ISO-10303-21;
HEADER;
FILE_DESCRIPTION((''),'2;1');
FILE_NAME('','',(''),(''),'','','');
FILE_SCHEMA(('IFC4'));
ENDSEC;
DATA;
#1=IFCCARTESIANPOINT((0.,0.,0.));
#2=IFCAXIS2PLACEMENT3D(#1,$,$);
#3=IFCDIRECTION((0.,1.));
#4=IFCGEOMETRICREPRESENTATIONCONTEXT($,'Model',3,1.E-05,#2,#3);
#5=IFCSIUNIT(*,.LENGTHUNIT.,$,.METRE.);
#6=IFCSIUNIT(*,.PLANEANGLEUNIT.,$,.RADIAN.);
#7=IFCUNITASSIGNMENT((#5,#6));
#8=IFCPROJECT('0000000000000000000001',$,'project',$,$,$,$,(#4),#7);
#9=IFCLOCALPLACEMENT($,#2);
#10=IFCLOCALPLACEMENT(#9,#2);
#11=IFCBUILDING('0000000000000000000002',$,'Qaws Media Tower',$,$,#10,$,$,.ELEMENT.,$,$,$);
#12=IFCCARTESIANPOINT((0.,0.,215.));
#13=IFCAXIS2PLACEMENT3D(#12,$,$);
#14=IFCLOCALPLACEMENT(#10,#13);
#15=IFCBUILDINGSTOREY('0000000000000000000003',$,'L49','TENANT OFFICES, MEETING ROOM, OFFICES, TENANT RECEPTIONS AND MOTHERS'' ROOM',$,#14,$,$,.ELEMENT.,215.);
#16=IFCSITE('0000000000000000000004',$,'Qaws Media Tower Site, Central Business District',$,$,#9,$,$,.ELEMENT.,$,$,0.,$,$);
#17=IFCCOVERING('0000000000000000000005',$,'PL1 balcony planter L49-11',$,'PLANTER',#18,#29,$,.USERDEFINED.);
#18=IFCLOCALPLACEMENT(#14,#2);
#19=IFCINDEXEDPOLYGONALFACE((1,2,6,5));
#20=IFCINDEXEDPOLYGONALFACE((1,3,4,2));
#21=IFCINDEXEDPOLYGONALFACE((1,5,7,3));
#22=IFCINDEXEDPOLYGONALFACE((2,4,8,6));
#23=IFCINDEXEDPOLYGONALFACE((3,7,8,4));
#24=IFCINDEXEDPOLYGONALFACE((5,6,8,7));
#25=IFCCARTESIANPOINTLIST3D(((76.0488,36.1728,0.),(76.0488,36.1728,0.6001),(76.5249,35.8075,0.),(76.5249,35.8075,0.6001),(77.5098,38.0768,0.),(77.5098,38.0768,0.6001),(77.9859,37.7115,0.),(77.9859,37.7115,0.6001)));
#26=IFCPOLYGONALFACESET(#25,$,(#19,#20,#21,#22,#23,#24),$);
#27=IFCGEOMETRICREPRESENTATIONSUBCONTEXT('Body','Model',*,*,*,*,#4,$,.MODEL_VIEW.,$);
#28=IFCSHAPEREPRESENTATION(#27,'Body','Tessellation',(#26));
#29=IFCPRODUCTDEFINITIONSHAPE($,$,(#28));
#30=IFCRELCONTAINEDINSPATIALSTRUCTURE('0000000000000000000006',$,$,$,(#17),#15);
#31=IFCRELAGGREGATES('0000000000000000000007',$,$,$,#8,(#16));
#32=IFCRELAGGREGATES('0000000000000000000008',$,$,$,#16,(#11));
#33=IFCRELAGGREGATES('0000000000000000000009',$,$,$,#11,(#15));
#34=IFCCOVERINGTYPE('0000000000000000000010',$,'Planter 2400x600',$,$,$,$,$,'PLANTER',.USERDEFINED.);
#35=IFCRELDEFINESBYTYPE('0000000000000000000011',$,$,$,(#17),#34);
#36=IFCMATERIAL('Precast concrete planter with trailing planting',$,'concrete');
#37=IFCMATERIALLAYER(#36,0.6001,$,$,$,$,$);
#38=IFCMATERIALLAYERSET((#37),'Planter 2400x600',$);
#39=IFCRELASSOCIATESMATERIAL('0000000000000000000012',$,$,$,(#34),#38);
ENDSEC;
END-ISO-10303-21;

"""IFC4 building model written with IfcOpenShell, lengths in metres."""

from ifc_helpers import new_model, si_unit, direction, frame, origin, origin_2d, place, context, subcontext, project, spatial, rectangle, extrude, material, layer, layer_set, type_object, element, save


model = new_model("IFC4")

# Units and contexts
model_context = context("Model", 3, precision=1e-05, world=origin(), true_north=direction((0.0, 1.0)))
body_context = subcontext(model_context, "Body", "Model", "MODEL_VIEW")
ifc_project = project(units=[si_unit("LENGTHUNIT", "METRE"), si_unit("PLANEANGLEUNIT", "RADIAN")], contexts=[model_context])

# Site, building, storey
site_placement = place(None, origin())
site = spatial("IfcSite", under=ifc_project, at=site_placement, Name="Qaws Media Tower Site, Central Business District", CompositionType="ELEMENT", RefElevation=0.0)
building_placement = place(site_placement, origin())
building = spatial("IfcBuilding", under=site, at=building_placement, Name="Qaws Media Tower", CompositionType="ELEMENT")
storey_placement = place(building_placement, frame((0.0, 0.0, 215.0)))
storey = spatial("IfcBuildingStorey", under=building, at=storey_placement, Name="L49", Description="TENANT OFFICES, MEETING ROOM, OFFICES, TENANT RECEPTIONS AND MOTHERS' ROOM", CompositionType="ELEMENT", Elevation=215.0)

# Covering
ifc_material_1 = material(Name="Precast concrete planter with trailing planting", Category="concrete")
ifc_layer_1 = layer(ifc_material_1, 0.6001)
ifc_layer_set_1 = layer_set([ifc_layer_1], Name="Planter 2400x600")
covering_type = type_object("IfcCoveringType", Name="Planter 2400x600", ElementType="PLANTER", PredefinedType="USERDEFINED", material=ifc_layer_set_1)
covering_placement = place(storey_placement, frame((77.0173, 36.9421, 0.0), z_axis=(0.0, 0.0, 1.0), x_axis=(0.608761, 0.793353, 0.0)))
element("IfcCovering", 1, at=covering_placement, inside=storey, type_object=covering_type, Name="PL1 balcony planter L49-11", ObjectType="PLANTER", PredefinedType="USERDEFINED", context=body_context, shape_type="SweptSolid", body=[
    extrude(rectangle(XDim=2.3999, YDim=0.6001, at=origin_2d()), origin(), (0.0, 0.0, 1.0), 0.6001),
])

save(model, "model.ifc")
